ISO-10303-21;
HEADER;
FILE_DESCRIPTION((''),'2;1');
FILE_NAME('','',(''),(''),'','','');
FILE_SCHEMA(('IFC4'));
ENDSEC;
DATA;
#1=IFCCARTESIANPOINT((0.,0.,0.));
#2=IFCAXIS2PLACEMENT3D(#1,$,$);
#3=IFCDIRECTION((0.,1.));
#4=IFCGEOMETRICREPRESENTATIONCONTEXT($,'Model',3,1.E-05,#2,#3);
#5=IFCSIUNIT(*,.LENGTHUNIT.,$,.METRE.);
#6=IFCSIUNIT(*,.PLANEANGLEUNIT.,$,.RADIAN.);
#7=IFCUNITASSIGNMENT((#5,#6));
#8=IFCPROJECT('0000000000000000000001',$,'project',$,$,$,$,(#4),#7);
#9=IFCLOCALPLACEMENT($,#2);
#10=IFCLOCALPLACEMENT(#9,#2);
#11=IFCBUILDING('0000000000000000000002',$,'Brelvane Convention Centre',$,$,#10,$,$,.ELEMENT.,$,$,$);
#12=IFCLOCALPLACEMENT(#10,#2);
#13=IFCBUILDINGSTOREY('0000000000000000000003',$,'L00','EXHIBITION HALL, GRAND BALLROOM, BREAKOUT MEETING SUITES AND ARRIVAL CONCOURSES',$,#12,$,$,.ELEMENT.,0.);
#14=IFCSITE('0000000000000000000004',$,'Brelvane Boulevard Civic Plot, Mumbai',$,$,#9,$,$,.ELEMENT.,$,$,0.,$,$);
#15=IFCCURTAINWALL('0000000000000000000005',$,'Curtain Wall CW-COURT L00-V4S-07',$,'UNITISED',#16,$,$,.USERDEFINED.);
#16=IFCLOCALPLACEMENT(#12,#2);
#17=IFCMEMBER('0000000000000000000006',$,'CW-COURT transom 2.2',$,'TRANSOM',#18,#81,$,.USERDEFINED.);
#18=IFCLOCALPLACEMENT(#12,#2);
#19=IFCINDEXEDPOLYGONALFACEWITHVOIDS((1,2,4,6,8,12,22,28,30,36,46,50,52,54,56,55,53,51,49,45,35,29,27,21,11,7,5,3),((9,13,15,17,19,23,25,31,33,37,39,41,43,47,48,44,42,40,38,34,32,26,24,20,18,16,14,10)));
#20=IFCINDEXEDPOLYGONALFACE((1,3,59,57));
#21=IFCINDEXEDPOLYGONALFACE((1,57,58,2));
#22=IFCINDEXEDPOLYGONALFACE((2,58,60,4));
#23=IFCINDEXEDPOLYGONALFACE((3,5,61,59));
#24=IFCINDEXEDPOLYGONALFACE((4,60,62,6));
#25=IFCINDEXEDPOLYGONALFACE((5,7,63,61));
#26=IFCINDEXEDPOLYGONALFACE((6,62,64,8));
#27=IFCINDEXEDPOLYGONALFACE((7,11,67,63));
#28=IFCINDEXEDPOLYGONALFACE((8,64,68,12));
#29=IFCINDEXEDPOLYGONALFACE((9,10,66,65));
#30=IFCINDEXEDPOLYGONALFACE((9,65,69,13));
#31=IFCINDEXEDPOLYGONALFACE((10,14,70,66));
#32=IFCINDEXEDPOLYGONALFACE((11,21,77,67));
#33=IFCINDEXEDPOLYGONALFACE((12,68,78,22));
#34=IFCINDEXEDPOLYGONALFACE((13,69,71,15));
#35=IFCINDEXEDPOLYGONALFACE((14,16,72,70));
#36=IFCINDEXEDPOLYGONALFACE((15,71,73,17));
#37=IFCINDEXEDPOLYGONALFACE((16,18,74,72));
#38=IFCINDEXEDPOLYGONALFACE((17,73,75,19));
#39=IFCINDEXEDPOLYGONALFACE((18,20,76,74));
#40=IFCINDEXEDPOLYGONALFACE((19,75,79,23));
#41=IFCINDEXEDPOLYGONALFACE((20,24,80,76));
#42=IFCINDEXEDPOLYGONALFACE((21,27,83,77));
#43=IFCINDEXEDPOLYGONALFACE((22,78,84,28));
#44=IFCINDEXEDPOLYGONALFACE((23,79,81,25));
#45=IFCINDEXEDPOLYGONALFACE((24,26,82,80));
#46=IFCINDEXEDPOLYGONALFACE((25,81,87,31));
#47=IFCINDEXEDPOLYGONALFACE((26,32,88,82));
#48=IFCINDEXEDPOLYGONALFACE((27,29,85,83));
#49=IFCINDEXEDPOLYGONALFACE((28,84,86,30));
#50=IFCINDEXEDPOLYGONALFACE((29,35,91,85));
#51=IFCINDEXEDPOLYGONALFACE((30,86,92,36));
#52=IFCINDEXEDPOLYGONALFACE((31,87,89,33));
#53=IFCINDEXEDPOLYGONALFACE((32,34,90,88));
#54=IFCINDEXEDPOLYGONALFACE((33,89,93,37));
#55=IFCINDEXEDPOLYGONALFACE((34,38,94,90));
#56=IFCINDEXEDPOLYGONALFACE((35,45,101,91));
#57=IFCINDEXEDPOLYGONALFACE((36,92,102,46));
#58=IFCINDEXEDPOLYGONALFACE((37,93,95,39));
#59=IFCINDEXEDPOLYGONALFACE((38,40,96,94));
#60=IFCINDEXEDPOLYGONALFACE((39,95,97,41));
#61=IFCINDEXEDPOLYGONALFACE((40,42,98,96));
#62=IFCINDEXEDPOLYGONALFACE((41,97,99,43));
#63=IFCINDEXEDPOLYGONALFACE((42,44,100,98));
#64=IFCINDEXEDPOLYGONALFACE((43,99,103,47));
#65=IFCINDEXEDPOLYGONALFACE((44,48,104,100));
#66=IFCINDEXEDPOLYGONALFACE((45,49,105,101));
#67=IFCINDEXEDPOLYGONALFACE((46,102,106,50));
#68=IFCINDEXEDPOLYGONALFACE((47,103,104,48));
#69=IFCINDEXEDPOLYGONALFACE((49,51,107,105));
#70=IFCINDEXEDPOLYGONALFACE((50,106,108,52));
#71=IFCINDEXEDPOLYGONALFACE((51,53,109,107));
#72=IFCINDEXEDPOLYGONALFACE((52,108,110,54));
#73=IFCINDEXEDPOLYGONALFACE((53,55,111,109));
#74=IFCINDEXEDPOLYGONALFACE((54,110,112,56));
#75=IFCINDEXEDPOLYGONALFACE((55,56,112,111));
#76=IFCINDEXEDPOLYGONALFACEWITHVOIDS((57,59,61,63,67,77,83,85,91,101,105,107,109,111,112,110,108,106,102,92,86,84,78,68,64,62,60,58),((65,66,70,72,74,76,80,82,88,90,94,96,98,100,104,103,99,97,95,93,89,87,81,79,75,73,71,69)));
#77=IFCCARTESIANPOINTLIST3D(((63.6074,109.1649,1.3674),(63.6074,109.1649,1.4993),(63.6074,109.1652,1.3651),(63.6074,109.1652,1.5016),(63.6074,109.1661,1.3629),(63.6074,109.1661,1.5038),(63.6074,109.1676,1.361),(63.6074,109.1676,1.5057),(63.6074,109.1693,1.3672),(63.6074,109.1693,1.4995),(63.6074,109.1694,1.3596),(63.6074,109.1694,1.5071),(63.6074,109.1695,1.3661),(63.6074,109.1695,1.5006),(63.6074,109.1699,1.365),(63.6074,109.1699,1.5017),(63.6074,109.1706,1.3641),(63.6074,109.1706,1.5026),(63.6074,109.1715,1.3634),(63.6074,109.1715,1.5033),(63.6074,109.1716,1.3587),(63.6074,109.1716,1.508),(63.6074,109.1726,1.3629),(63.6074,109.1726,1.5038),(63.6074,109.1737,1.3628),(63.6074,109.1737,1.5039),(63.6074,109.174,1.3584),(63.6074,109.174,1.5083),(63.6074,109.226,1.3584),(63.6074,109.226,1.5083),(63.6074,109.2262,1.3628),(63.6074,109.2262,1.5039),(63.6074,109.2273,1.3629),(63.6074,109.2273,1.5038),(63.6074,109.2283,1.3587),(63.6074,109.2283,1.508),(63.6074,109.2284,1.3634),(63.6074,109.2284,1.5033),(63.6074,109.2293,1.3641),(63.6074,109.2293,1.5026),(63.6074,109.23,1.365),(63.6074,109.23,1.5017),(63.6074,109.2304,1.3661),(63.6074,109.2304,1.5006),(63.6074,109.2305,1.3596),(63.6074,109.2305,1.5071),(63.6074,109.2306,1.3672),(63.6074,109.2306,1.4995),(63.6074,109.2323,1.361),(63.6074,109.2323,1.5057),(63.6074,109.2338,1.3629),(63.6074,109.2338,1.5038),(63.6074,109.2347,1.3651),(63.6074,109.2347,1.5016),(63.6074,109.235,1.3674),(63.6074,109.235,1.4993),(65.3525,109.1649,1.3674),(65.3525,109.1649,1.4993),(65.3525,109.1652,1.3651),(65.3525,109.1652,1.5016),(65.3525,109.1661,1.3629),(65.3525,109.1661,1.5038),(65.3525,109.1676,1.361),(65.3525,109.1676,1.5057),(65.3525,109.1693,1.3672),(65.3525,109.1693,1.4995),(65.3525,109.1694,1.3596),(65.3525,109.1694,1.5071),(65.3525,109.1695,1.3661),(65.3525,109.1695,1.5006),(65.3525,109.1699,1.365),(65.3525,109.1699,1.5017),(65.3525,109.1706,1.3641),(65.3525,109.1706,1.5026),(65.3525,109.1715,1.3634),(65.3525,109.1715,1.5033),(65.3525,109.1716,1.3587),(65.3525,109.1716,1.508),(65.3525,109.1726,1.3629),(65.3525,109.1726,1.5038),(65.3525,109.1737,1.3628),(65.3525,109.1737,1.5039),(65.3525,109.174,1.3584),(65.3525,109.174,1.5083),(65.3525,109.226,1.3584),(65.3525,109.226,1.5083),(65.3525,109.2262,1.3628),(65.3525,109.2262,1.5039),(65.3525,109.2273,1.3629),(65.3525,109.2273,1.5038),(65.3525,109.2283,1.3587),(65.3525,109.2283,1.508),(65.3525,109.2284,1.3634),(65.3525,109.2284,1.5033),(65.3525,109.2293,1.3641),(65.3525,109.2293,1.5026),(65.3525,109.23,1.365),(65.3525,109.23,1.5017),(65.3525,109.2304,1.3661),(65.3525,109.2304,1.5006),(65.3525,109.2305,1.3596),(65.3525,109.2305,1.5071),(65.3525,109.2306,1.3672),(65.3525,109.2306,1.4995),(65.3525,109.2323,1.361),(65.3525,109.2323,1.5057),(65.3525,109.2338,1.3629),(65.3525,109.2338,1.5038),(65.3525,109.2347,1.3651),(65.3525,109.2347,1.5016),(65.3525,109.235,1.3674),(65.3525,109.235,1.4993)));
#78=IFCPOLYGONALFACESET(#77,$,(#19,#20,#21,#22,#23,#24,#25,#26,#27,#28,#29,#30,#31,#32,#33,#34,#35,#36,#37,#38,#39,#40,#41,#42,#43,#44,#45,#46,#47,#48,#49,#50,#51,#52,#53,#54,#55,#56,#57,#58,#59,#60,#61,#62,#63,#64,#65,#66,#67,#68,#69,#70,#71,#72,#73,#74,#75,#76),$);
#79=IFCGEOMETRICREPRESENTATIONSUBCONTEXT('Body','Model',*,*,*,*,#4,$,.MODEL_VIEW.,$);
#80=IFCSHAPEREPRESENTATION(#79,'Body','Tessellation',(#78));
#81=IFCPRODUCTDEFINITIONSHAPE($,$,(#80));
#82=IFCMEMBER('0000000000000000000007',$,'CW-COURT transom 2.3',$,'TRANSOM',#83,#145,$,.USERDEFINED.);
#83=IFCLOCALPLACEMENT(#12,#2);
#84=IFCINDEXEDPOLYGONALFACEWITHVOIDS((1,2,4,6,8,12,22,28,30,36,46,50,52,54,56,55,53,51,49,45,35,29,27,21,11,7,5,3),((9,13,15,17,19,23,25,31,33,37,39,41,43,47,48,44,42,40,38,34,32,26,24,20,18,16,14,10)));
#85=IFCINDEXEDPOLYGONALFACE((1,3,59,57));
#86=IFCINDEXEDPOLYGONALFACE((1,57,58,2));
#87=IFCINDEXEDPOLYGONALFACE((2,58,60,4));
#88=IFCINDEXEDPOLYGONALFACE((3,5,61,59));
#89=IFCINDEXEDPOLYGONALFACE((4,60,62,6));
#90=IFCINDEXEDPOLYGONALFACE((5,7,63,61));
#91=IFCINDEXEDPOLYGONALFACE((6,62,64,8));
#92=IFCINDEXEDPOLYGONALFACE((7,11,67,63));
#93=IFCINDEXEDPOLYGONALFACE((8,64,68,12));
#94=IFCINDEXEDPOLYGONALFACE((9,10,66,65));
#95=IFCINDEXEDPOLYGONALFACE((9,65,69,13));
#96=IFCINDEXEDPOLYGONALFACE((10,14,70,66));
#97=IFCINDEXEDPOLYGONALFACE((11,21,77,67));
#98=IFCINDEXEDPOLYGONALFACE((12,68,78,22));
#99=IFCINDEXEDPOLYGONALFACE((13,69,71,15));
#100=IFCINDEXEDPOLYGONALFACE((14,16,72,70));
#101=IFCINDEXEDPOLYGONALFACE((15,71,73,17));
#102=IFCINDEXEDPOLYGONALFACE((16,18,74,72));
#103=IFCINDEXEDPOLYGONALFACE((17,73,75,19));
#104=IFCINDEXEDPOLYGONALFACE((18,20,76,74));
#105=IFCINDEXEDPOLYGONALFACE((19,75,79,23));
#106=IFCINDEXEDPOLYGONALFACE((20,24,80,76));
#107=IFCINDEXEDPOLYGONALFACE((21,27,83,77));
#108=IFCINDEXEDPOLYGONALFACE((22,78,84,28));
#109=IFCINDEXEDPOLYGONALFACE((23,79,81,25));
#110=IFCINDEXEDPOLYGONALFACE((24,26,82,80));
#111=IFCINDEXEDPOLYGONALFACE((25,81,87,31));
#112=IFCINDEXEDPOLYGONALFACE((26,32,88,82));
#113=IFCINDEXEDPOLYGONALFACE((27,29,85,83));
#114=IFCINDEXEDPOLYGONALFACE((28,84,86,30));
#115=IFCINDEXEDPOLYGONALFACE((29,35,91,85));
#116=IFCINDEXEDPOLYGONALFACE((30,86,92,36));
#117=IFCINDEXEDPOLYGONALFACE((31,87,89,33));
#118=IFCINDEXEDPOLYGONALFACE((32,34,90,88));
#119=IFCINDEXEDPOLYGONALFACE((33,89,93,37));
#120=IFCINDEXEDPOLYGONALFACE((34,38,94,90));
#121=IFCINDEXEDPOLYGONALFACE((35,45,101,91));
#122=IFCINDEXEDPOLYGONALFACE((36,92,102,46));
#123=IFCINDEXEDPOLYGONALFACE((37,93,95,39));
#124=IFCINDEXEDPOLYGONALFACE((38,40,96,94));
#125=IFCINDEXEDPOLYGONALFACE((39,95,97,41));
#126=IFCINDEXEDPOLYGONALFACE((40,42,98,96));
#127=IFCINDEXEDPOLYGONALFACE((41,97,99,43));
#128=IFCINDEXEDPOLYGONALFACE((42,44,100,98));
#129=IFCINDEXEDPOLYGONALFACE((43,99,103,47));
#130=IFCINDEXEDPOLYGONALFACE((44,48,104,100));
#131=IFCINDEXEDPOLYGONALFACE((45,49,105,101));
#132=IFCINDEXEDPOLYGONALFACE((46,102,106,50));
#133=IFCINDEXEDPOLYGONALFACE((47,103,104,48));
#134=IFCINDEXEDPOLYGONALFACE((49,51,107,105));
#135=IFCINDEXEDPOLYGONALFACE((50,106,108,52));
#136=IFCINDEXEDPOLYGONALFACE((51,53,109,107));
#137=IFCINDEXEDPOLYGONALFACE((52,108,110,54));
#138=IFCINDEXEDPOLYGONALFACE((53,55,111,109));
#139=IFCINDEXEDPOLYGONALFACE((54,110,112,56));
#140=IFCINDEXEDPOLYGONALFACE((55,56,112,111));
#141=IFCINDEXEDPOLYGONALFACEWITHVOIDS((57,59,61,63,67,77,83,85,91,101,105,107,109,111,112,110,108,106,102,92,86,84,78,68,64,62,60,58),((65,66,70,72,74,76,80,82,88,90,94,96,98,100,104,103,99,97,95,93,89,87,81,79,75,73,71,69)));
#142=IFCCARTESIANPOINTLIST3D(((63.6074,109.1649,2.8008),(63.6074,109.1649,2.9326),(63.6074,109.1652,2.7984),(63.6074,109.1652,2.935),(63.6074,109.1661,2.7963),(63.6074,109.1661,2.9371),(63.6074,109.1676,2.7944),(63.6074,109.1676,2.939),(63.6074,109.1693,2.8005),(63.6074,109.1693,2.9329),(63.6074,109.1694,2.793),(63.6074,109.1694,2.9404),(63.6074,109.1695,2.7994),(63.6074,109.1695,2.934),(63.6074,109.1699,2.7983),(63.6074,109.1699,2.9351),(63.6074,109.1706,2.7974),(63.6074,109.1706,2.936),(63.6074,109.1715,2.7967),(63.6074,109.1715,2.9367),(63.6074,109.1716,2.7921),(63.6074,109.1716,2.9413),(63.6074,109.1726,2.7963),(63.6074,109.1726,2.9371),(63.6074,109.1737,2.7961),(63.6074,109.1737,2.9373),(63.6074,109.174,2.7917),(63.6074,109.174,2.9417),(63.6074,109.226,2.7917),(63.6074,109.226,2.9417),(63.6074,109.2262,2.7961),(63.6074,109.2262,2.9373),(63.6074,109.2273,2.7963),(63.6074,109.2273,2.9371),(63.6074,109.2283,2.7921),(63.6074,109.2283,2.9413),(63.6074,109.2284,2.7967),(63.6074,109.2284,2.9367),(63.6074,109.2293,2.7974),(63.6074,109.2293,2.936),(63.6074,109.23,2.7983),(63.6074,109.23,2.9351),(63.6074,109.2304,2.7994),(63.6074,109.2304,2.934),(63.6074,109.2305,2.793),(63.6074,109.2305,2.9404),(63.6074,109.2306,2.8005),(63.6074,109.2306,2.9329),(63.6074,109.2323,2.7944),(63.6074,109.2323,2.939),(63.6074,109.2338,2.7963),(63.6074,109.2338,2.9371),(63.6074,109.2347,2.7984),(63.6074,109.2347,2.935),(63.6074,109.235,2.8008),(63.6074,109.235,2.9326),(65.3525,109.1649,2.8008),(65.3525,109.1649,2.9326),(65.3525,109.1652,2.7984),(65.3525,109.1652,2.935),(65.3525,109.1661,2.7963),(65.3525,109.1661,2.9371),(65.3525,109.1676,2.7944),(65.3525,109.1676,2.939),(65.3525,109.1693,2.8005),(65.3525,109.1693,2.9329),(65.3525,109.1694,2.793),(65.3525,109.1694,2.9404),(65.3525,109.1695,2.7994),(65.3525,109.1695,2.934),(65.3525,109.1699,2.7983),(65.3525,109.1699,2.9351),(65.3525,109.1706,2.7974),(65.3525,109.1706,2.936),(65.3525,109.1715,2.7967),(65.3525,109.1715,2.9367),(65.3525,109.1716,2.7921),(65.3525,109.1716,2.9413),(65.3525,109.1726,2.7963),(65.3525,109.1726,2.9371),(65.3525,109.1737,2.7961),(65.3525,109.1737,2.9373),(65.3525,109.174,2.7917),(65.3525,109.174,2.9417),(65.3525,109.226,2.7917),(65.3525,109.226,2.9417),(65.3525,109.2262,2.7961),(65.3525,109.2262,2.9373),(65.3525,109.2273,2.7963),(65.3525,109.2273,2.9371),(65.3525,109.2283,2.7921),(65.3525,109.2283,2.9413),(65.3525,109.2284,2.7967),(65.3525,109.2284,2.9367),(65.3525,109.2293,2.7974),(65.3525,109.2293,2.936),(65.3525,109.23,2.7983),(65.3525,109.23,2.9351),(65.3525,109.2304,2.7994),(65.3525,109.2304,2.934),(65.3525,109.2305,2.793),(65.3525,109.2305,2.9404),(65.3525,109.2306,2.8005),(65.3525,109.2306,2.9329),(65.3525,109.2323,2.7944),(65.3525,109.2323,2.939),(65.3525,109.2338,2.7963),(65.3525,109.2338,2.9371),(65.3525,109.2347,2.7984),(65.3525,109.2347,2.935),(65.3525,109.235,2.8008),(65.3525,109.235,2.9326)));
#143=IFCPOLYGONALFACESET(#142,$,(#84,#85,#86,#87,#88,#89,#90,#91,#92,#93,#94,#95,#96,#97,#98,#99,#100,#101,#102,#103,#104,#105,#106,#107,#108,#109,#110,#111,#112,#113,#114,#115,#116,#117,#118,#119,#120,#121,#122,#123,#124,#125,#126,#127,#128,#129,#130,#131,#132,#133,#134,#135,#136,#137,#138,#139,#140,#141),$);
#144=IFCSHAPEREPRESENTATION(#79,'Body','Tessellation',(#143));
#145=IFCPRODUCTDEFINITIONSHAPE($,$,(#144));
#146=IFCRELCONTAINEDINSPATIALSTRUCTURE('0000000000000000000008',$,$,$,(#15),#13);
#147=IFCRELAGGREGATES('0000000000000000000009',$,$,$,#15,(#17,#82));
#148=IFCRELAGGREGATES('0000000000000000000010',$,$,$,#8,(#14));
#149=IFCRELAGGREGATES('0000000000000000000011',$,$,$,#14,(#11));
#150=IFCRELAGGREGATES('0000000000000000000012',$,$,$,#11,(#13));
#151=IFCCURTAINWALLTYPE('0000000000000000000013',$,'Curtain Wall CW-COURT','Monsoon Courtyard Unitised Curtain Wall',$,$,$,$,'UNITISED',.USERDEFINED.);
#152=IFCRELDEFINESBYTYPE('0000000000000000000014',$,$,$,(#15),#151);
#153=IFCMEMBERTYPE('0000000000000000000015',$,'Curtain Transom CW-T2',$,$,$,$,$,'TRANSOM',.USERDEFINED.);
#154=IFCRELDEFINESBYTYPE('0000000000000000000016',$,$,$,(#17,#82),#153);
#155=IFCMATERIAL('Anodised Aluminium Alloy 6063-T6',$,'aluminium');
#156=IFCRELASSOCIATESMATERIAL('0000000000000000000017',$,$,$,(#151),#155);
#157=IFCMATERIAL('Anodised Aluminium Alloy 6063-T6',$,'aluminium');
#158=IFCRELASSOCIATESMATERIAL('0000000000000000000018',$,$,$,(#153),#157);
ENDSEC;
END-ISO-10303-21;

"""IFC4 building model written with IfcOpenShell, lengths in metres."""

from ifc_helpers import new_model, si_unit, direction, frame, origin, origin_2d, place, context, subcontext, project, spatial, hollow_rectangle, extrude, material, material_profile, profile_set, type_object, element, aggregate, save


model = new_model("IFC4")

# Units and contexts
model_context = context("Model", 3, precision=1e-05, world=origin(), true_north=direction((0.0, 1.0)))
body_context = subcontext(model_context, "Body", "Model", "MODEL_VIEW")
ifc_project = project(units=[si_unit("LENGTHUNIT", "METRE"), si_unit("PLANEANGLEUNIT", "RADIAN")], contexts=[model_context])

# Site, building, storey
site_placement = place(None, origin())
site = spatial("IfcSite", under=ifc_project, at=site_placement, Name="Brelvane Boulevard Civic Plot, Mumbai", CompositionType="ELEMENT", RefElevation=0.0)
building_placement = place(site_placement, origin())
building = spatial("IfcBuilding", under=site, at=building_placement, Name="Brelvane Convention Centre", CompositionType="ELEMENT")
storey_placement = place(building_placement, origin())
storey = spatial("IfcBuildingStorey", under=building, at=storey_placement, Name="L00", Description="EXHIBITION HALL, GRAND BALLROOM, BREAKOUT MEETING SUITES AND ARRIVAL CONCOURSES", CompositionType="ELEMENT", Elevation=0.0)

# Curtain wall, members
ifc_material_1 = material(Name="Anodised Aluminium Alloy 6063-T6", Category="aluminium")
curtain_wall_type = type_object("IfcCurtainWallType", Name="Curtain Wall CW-COURT", Description="Monsoon Courtyard Unitised Curtain Wall", ElementType="UNITISED", PredefinedType="USERDEFINED", material=ifc_material_1)
curtain_wall_placement = place(storey_placement, origin())
curtain_wall = element("IfcCurtainWall", 1, at=curtain_wall_placement, inside=storey, type_object=curtain_wall_type, Name="Curtain Wall CW-COURT L00-V4S-07", ObjectType="UNITISED", PredefinedType="USERDEFINED")
ifc_material_2 = material(Name="Anodised Aluminium Alloy 6063-T6", Category="aluminium")
ifc_material_profile_1 = material_profile(ifc_material_2, hollow_rectangle(XDim=0.0701, YDim=0.1499, WallThickness=0.0044, InnerFilletRadius=0.0044, OuterFilletRadius=0.009, at=origin_2d()), Name="ALU-T 150x70x4.5")
ifc_profile_set_1 = profile_set([ifc_material_profile_1], Name="Anodised Aluminium Alloy 6063-T6")
member_type_1 = type_object("IfcMemberType", Name="Curtain Transom CW-T2", ElementType="TRANSOM", PredefinedType="USERDEFINED", material=ifc_profile_set_1)
member_1_placement = place(storey_placement, frame((63.6074, 109.2, 1.4333), z_axis=(1.0, 0.0, 0.0), x_axis=(0.0, 1.0, 0.0)))
member_1 = element("IfcMember", 2, at=member_1_placement, type_object=member_type_1, Name="CW-COURT transom 2.2", ObjectType="TRANSOM", PredefinedType="USERDEFINED", context=body_context, shape_type="SweptSolid", body=[
    extrude(hollow_rectangle(XDim=0.0701, YDim=0.1499, WallThickness=0.0044, InnerFilletRadius=0.0044, OuterFilletRadius=0.009, at=origin_2d()), origin(), (0.0, 0.0, 1.0), 1.7451),
])
member_2_placement = place(storey_placement, frame((63.6074, 109.2, 2.8667), z_axis=(1.0, 0.0, 0.0), x_axis=(0.0, 1.0, 0.0)))
member_2 = element("IfcMember", 3, at=member_2_placement, type_object=member_type_1, Name="CW-COURT transom 2.3", ObjectType="TRANSOM", PredefinedType="USERDEFINED", context=body_context, shape_type="SweptSolid", body=[
    extrude(hollow_rectangle(XDim=0.0701, YDim=0.1499, WallThickness=0.0044, InnerFilletRadius=0.0044, OuterFilletRadius=0.009, at=origin_2d()), origin(), (0.0, 0.0, 1.0), 1.7451),
])
aggregate(curtain_wall, [member_1, member_2])

save(model, "model.ifc")
